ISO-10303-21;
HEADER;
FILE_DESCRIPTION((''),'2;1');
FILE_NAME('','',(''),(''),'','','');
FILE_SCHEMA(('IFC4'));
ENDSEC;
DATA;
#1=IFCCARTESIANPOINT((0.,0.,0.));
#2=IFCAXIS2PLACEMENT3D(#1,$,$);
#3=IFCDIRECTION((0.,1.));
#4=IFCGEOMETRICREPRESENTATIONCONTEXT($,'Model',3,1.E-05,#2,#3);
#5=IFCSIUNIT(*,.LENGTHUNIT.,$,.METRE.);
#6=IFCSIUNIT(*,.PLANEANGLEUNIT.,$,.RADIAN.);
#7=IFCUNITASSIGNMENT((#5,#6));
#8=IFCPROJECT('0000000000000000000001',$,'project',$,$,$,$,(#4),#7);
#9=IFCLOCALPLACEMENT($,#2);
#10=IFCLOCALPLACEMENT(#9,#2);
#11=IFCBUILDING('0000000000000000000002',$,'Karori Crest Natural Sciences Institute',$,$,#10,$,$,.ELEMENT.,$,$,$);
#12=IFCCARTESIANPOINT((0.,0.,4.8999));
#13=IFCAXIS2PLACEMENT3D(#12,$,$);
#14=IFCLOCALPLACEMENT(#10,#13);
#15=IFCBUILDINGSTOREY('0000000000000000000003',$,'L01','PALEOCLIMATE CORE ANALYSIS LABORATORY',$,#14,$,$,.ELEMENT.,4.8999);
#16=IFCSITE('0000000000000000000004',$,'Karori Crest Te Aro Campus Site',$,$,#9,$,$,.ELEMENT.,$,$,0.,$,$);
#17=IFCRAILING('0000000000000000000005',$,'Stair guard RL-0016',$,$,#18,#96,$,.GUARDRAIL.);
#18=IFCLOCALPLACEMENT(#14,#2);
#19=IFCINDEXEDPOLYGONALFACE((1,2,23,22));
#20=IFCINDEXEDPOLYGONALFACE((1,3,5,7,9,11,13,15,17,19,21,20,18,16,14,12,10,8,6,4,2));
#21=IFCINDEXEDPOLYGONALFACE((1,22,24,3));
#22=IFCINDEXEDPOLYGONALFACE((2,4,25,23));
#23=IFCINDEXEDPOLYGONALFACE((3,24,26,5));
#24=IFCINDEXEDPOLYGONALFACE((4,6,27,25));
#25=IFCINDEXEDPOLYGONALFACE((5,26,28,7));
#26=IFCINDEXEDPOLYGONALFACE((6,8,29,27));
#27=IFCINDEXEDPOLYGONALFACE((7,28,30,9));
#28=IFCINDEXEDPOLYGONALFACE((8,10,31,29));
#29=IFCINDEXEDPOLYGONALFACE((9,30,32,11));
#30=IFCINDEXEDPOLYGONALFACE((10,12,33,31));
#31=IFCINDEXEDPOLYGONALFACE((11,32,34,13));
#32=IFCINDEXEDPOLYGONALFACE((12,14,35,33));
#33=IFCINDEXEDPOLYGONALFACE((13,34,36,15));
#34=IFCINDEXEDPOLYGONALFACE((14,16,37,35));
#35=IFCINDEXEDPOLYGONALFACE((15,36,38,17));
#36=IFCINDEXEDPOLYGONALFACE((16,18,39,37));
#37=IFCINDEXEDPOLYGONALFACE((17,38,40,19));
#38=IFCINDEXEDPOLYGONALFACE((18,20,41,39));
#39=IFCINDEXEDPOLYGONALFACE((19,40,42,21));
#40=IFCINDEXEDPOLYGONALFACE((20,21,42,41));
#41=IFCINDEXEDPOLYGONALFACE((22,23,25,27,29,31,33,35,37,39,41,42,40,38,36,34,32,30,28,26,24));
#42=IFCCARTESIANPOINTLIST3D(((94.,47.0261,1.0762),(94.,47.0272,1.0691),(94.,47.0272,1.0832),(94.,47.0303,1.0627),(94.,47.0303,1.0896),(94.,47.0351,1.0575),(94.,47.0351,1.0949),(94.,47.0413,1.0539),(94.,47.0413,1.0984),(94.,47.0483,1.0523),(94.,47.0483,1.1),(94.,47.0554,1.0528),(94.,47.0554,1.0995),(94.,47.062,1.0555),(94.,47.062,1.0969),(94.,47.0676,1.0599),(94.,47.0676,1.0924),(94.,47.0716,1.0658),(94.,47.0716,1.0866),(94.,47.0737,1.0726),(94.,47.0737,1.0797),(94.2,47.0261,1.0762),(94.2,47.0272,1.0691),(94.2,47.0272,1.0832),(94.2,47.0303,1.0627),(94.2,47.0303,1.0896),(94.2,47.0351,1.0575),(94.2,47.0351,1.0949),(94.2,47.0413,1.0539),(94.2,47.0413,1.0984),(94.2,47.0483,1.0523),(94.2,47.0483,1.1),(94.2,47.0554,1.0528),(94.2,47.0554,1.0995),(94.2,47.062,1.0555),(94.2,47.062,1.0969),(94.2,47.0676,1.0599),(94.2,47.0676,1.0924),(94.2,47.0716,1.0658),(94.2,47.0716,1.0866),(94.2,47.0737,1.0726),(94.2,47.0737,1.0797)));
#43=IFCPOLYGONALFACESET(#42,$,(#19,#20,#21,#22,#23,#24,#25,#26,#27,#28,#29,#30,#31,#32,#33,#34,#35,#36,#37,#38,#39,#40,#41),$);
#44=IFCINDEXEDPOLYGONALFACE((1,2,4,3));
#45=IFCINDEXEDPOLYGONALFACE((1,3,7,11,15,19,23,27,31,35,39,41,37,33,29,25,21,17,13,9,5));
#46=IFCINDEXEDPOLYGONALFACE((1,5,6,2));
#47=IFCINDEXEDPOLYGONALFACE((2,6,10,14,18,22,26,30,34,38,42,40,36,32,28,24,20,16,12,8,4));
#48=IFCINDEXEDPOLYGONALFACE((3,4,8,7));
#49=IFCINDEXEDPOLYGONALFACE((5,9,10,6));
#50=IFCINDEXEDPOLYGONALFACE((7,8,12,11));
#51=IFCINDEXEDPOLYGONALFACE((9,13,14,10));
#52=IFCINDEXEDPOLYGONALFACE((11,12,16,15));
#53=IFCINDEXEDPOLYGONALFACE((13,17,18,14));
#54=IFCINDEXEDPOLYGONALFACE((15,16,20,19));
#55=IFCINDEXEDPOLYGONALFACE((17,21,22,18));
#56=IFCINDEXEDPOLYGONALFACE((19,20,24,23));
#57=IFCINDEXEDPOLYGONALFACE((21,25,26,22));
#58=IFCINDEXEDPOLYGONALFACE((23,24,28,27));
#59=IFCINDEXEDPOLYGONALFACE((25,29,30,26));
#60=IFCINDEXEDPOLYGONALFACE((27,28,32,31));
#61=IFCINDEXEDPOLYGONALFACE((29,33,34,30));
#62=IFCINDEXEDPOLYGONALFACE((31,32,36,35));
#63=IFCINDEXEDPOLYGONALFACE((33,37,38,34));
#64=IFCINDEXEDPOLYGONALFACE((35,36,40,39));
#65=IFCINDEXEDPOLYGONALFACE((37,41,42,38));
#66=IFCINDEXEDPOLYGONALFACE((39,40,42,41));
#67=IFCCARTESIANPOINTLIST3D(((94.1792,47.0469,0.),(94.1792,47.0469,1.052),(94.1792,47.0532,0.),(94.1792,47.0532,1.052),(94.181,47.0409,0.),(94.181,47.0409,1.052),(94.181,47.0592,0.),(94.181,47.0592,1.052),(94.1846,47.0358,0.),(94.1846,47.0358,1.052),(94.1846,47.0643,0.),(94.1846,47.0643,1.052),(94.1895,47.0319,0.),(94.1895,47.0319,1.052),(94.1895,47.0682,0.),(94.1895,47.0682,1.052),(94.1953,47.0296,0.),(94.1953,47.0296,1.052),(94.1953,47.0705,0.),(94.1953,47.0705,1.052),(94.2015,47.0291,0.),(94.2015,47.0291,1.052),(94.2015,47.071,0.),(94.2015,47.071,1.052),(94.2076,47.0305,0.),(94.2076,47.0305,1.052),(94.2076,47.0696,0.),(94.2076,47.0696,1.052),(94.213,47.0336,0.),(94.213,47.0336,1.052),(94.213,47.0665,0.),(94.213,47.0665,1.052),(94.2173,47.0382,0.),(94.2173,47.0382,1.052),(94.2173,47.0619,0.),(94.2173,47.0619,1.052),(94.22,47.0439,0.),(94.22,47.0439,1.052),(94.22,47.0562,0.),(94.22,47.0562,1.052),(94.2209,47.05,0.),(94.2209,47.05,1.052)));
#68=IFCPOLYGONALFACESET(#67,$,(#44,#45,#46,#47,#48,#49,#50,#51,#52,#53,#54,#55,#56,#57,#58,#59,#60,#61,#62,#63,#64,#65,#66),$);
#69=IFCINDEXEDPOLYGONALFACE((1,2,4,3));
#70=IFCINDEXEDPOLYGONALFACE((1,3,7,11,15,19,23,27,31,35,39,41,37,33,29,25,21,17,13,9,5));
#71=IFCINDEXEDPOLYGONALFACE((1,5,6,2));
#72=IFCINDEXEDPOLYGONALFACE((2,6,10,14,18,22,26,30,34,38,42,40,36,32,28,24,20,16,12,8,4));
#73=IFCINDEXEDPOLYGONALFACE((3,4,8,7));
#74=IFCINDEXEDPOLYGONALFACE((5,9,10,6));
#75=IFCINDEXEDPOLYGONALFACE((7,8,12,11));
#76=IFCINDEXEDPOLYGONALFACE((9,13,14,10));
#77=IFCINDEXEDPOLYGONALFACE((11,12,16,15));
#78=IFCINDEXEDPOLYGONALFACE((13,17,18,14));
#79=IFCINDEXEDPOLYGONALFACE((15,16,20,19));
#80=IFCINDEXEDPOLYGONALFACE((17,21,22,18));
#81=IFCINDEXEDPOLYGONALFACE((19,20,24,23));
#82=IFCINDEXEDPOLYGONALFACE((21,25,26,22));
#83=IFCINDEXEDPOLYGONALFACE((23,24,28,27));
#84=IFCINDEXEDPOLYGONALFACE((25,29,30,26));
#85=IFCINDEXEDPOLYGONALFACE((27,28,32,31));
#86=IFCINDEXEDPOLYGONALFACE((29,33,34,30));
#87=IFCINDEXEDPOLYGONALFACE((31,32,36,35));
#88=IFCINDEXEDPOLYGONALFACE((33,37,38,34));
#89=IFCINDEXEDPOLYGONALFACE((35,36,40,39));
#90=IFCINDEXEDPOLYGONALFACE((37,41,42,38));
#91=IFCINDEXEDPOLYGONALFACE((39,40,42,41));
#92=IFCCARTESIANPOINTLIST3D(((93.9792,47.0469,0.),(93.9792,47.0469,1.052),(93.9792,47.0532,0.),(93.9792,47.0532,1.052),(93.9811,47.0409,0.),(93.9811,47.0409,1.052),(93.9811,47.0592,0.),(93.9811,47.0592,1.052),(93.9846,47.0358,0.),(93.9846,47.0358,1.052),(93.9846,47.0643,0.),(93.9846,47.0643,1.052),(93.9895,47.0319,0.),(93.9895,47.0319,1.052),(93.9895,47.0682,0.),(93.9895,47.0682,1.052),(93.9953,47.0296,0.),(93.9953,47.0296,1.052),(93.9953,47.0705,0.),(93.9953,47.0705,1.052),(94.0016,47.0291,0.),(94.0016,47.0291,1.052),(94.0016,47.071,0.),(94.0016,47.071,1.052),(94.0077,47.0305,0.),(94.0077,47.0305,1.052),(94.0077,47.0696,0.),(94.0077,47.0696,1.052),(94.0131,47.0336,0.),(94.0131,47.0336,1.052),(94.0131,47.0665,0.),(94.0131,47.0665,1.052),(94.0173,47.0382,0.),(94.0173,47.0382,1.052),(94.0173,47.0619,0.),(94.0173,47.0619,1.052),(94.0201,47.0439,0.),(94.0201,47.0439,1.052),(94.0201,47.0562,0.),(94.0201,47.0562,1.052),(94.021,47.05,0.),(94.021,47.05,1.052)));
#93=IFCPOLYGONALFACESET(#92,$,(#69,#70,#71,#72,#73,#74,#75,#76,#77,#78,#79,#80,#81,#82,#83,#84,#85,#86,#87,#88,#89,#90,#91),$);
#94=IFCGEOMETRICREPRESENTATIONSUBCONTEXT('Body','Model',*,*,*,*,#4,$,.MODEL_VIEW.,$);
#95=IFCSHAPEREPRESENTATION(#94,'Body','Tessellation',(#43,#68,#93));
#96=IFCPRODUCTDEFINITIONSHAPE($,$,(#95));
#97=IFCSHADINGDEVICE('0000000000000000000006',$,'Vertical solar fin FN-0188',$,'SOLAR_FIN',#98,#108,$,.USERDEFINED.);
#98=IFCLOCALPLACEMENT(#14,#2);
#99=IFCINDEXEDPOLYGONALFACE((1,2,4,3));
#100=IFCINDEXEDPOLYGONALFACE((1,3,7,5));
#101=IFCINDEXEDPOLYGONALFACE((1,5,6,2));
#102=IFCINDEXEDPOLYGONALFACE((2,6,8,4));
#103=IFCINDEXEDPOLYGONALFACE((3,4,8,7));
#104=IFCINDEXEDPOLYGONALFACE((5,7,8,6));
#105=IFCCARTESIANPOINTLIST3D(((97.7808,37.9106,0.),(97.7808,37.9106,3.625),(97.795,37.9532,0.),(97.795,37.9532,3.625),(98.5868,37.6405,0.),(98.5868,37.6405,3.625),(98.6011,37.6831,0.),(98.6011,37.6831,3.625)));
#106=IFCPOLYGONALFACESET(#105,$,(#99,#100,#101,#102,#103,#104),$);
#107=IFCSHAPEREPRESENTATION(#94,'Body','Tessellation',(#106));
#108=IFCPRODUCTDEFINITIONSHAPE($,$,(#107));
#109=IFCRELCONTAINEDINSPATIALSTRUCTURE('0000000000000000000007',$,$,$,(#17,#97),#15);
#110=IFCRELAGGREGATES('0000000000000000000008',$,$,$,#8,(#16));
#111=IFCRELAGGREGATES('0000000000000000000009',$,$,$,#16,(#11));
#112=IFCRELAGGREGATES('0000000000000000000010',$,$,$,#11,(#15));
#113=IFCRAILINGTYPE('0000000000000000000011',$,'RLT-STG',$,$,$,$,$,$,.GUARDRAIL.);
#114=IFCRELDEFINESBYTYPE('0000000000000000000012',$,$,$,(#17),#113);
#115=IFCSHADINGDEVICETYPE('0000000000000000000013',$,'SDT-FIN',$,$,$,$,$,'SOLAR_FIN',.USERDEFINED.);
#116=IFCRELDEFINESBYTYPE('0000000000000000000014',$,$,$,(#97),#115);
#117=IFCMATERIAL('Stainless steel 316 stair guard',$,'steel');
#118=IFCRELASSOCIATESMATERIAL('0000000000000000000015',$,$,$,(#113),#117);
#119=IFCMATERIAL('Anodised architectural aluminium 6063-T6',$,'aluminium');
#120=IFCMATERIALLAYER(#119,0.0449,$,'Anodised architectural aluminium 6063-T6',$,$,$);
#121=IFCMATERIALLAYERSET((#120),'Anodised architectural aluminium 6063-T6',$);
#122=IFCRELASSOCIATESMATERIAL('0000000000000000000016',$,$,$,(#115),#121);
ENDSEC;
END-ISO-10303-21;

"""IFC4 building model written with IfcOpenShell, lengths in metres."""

from ifc_helpers import new_model, si_unit, direction, frame, origin, origin_2d, place, context, subcontext, project, spatial, rectangle, circle, extrude, material, layer, layer_set, type_object, element, save


model = new_model("IFC4")

# Units and contexts
model_context = context("Model", 3, precision=1e-05, world=origin(), true_north=direction((0.0, 1.0)))
body_context = subcontext(model_context, "Body", "Model", "MODEL_VIEW")
ifc_project = project(units=[si_unit("LENGTHUNIT", "METRE"), si_unit("PLANEANGLEUNIT", "RADIAN")], contexts=[model_context])

# Site, building, storey
site_placement = place(None, origin())
site = spatial("IfcSite", under=ifc_project, at=site_placement, Name="Karori Crest Te Aro Campus Site", CompositionType="ELEMENT", RefElevation=0.0)
building_placement = place(site_placement, origin())
building = spatial("IfcBuilding", under=site, at=building_placement, Name="Karori Crest Natural Sciences Institute", CompositionType="ELEMENT")
storey_placement = place(building_placement, frame((0.0, 0.0, 4.8999)))
storey = spatial("IfcBuildingStorey", under=building, at=storey_placement, Name="L01", Description="PALEOCLIMATE CORE ANALYSIS LABORATORY", CompositionType="ELEMENT", Elevation=4.8999)

# Shared definitions
ifc_material_1 = material(Name="Anodised architectural aluminium 6063-T6", Category="aluminium")

# Railing
ifc_material_2 = material(Name="Stainless steel 316 stair guard", Category="steel")
railing_type_1 = type_object("IfcRailingType", Name="RLT-STG", PredefinedType="GUARDRAIL", material=ifc_material_2)
railing_1_placement = place(storey_placement, frame((94.2, 47.05, 0.0)))
element("IfcRailing", 1, at=railing_1_placement, inside=storey, type_object=railing_type_1, Name="Stair guard RL-0016", PredefinedType="GUARDRAIL", context=body_context, shape_type="SweptSolid", body=[
    extrude(circle(Radius=0.0239, at=origin_2d()), frame((0.0, 0.0, 1.0762), z_axis=(-1.0, 0.0, 0.0), x_axis=(0.0, -1.0, 0.0)), (0.0, 0.0, 1.0), 0.2),
    extrude(circle(Radius=0.021, at=origin_2d()), origin(), (0.0, 0.0, 1.0), 1.052),
    extrude(circle(Radius=0.021, at=origin_2d()), frame((-0.2, 0.0, 0.0)), (0.0, 0.0, 1.0), 1.052),
])

# Shading device
ifc_layer_1 = layer(ifc_material_1, 0.0449, Name="Anodised architectural aluminium 6063-T6")
ifc_layer_set_1 = layer_set([ifc_layer_1], Name="Anodised architectural aluminium 6063-T6")
shading_device_type = type_object("IfcShadingDeviceType", Name="SDT-FIN", ElementType="SOLAR_FIN", PredefinedType="USERDEFINED", material=ifc_layer_set_1)
shading_device_placement = place(storey_placement, frame((98.1909, 37.7969, 0.0), z_axis=(0.0, 0.0, 1.0), x_axis=(0.948196, -0.317685, 0.0)))
element("IfcShadingDevice", 2, at=shading_device_placement, inside=storey, type_object=shading_device_type, Name="Vertical solar fin FN-0188", ObjectType="SOLAR_FIN", PredefinedType="USERDEFINED", context=body_context, shape_type="SweptSolid", body=[
    extrude(rectangle(XDim=0.8501, YDim=0.0449, at=origin_2d()), origin(), (0.0, 0.0, 1.0), 3.625),
])

save(model, "model.ifc")
